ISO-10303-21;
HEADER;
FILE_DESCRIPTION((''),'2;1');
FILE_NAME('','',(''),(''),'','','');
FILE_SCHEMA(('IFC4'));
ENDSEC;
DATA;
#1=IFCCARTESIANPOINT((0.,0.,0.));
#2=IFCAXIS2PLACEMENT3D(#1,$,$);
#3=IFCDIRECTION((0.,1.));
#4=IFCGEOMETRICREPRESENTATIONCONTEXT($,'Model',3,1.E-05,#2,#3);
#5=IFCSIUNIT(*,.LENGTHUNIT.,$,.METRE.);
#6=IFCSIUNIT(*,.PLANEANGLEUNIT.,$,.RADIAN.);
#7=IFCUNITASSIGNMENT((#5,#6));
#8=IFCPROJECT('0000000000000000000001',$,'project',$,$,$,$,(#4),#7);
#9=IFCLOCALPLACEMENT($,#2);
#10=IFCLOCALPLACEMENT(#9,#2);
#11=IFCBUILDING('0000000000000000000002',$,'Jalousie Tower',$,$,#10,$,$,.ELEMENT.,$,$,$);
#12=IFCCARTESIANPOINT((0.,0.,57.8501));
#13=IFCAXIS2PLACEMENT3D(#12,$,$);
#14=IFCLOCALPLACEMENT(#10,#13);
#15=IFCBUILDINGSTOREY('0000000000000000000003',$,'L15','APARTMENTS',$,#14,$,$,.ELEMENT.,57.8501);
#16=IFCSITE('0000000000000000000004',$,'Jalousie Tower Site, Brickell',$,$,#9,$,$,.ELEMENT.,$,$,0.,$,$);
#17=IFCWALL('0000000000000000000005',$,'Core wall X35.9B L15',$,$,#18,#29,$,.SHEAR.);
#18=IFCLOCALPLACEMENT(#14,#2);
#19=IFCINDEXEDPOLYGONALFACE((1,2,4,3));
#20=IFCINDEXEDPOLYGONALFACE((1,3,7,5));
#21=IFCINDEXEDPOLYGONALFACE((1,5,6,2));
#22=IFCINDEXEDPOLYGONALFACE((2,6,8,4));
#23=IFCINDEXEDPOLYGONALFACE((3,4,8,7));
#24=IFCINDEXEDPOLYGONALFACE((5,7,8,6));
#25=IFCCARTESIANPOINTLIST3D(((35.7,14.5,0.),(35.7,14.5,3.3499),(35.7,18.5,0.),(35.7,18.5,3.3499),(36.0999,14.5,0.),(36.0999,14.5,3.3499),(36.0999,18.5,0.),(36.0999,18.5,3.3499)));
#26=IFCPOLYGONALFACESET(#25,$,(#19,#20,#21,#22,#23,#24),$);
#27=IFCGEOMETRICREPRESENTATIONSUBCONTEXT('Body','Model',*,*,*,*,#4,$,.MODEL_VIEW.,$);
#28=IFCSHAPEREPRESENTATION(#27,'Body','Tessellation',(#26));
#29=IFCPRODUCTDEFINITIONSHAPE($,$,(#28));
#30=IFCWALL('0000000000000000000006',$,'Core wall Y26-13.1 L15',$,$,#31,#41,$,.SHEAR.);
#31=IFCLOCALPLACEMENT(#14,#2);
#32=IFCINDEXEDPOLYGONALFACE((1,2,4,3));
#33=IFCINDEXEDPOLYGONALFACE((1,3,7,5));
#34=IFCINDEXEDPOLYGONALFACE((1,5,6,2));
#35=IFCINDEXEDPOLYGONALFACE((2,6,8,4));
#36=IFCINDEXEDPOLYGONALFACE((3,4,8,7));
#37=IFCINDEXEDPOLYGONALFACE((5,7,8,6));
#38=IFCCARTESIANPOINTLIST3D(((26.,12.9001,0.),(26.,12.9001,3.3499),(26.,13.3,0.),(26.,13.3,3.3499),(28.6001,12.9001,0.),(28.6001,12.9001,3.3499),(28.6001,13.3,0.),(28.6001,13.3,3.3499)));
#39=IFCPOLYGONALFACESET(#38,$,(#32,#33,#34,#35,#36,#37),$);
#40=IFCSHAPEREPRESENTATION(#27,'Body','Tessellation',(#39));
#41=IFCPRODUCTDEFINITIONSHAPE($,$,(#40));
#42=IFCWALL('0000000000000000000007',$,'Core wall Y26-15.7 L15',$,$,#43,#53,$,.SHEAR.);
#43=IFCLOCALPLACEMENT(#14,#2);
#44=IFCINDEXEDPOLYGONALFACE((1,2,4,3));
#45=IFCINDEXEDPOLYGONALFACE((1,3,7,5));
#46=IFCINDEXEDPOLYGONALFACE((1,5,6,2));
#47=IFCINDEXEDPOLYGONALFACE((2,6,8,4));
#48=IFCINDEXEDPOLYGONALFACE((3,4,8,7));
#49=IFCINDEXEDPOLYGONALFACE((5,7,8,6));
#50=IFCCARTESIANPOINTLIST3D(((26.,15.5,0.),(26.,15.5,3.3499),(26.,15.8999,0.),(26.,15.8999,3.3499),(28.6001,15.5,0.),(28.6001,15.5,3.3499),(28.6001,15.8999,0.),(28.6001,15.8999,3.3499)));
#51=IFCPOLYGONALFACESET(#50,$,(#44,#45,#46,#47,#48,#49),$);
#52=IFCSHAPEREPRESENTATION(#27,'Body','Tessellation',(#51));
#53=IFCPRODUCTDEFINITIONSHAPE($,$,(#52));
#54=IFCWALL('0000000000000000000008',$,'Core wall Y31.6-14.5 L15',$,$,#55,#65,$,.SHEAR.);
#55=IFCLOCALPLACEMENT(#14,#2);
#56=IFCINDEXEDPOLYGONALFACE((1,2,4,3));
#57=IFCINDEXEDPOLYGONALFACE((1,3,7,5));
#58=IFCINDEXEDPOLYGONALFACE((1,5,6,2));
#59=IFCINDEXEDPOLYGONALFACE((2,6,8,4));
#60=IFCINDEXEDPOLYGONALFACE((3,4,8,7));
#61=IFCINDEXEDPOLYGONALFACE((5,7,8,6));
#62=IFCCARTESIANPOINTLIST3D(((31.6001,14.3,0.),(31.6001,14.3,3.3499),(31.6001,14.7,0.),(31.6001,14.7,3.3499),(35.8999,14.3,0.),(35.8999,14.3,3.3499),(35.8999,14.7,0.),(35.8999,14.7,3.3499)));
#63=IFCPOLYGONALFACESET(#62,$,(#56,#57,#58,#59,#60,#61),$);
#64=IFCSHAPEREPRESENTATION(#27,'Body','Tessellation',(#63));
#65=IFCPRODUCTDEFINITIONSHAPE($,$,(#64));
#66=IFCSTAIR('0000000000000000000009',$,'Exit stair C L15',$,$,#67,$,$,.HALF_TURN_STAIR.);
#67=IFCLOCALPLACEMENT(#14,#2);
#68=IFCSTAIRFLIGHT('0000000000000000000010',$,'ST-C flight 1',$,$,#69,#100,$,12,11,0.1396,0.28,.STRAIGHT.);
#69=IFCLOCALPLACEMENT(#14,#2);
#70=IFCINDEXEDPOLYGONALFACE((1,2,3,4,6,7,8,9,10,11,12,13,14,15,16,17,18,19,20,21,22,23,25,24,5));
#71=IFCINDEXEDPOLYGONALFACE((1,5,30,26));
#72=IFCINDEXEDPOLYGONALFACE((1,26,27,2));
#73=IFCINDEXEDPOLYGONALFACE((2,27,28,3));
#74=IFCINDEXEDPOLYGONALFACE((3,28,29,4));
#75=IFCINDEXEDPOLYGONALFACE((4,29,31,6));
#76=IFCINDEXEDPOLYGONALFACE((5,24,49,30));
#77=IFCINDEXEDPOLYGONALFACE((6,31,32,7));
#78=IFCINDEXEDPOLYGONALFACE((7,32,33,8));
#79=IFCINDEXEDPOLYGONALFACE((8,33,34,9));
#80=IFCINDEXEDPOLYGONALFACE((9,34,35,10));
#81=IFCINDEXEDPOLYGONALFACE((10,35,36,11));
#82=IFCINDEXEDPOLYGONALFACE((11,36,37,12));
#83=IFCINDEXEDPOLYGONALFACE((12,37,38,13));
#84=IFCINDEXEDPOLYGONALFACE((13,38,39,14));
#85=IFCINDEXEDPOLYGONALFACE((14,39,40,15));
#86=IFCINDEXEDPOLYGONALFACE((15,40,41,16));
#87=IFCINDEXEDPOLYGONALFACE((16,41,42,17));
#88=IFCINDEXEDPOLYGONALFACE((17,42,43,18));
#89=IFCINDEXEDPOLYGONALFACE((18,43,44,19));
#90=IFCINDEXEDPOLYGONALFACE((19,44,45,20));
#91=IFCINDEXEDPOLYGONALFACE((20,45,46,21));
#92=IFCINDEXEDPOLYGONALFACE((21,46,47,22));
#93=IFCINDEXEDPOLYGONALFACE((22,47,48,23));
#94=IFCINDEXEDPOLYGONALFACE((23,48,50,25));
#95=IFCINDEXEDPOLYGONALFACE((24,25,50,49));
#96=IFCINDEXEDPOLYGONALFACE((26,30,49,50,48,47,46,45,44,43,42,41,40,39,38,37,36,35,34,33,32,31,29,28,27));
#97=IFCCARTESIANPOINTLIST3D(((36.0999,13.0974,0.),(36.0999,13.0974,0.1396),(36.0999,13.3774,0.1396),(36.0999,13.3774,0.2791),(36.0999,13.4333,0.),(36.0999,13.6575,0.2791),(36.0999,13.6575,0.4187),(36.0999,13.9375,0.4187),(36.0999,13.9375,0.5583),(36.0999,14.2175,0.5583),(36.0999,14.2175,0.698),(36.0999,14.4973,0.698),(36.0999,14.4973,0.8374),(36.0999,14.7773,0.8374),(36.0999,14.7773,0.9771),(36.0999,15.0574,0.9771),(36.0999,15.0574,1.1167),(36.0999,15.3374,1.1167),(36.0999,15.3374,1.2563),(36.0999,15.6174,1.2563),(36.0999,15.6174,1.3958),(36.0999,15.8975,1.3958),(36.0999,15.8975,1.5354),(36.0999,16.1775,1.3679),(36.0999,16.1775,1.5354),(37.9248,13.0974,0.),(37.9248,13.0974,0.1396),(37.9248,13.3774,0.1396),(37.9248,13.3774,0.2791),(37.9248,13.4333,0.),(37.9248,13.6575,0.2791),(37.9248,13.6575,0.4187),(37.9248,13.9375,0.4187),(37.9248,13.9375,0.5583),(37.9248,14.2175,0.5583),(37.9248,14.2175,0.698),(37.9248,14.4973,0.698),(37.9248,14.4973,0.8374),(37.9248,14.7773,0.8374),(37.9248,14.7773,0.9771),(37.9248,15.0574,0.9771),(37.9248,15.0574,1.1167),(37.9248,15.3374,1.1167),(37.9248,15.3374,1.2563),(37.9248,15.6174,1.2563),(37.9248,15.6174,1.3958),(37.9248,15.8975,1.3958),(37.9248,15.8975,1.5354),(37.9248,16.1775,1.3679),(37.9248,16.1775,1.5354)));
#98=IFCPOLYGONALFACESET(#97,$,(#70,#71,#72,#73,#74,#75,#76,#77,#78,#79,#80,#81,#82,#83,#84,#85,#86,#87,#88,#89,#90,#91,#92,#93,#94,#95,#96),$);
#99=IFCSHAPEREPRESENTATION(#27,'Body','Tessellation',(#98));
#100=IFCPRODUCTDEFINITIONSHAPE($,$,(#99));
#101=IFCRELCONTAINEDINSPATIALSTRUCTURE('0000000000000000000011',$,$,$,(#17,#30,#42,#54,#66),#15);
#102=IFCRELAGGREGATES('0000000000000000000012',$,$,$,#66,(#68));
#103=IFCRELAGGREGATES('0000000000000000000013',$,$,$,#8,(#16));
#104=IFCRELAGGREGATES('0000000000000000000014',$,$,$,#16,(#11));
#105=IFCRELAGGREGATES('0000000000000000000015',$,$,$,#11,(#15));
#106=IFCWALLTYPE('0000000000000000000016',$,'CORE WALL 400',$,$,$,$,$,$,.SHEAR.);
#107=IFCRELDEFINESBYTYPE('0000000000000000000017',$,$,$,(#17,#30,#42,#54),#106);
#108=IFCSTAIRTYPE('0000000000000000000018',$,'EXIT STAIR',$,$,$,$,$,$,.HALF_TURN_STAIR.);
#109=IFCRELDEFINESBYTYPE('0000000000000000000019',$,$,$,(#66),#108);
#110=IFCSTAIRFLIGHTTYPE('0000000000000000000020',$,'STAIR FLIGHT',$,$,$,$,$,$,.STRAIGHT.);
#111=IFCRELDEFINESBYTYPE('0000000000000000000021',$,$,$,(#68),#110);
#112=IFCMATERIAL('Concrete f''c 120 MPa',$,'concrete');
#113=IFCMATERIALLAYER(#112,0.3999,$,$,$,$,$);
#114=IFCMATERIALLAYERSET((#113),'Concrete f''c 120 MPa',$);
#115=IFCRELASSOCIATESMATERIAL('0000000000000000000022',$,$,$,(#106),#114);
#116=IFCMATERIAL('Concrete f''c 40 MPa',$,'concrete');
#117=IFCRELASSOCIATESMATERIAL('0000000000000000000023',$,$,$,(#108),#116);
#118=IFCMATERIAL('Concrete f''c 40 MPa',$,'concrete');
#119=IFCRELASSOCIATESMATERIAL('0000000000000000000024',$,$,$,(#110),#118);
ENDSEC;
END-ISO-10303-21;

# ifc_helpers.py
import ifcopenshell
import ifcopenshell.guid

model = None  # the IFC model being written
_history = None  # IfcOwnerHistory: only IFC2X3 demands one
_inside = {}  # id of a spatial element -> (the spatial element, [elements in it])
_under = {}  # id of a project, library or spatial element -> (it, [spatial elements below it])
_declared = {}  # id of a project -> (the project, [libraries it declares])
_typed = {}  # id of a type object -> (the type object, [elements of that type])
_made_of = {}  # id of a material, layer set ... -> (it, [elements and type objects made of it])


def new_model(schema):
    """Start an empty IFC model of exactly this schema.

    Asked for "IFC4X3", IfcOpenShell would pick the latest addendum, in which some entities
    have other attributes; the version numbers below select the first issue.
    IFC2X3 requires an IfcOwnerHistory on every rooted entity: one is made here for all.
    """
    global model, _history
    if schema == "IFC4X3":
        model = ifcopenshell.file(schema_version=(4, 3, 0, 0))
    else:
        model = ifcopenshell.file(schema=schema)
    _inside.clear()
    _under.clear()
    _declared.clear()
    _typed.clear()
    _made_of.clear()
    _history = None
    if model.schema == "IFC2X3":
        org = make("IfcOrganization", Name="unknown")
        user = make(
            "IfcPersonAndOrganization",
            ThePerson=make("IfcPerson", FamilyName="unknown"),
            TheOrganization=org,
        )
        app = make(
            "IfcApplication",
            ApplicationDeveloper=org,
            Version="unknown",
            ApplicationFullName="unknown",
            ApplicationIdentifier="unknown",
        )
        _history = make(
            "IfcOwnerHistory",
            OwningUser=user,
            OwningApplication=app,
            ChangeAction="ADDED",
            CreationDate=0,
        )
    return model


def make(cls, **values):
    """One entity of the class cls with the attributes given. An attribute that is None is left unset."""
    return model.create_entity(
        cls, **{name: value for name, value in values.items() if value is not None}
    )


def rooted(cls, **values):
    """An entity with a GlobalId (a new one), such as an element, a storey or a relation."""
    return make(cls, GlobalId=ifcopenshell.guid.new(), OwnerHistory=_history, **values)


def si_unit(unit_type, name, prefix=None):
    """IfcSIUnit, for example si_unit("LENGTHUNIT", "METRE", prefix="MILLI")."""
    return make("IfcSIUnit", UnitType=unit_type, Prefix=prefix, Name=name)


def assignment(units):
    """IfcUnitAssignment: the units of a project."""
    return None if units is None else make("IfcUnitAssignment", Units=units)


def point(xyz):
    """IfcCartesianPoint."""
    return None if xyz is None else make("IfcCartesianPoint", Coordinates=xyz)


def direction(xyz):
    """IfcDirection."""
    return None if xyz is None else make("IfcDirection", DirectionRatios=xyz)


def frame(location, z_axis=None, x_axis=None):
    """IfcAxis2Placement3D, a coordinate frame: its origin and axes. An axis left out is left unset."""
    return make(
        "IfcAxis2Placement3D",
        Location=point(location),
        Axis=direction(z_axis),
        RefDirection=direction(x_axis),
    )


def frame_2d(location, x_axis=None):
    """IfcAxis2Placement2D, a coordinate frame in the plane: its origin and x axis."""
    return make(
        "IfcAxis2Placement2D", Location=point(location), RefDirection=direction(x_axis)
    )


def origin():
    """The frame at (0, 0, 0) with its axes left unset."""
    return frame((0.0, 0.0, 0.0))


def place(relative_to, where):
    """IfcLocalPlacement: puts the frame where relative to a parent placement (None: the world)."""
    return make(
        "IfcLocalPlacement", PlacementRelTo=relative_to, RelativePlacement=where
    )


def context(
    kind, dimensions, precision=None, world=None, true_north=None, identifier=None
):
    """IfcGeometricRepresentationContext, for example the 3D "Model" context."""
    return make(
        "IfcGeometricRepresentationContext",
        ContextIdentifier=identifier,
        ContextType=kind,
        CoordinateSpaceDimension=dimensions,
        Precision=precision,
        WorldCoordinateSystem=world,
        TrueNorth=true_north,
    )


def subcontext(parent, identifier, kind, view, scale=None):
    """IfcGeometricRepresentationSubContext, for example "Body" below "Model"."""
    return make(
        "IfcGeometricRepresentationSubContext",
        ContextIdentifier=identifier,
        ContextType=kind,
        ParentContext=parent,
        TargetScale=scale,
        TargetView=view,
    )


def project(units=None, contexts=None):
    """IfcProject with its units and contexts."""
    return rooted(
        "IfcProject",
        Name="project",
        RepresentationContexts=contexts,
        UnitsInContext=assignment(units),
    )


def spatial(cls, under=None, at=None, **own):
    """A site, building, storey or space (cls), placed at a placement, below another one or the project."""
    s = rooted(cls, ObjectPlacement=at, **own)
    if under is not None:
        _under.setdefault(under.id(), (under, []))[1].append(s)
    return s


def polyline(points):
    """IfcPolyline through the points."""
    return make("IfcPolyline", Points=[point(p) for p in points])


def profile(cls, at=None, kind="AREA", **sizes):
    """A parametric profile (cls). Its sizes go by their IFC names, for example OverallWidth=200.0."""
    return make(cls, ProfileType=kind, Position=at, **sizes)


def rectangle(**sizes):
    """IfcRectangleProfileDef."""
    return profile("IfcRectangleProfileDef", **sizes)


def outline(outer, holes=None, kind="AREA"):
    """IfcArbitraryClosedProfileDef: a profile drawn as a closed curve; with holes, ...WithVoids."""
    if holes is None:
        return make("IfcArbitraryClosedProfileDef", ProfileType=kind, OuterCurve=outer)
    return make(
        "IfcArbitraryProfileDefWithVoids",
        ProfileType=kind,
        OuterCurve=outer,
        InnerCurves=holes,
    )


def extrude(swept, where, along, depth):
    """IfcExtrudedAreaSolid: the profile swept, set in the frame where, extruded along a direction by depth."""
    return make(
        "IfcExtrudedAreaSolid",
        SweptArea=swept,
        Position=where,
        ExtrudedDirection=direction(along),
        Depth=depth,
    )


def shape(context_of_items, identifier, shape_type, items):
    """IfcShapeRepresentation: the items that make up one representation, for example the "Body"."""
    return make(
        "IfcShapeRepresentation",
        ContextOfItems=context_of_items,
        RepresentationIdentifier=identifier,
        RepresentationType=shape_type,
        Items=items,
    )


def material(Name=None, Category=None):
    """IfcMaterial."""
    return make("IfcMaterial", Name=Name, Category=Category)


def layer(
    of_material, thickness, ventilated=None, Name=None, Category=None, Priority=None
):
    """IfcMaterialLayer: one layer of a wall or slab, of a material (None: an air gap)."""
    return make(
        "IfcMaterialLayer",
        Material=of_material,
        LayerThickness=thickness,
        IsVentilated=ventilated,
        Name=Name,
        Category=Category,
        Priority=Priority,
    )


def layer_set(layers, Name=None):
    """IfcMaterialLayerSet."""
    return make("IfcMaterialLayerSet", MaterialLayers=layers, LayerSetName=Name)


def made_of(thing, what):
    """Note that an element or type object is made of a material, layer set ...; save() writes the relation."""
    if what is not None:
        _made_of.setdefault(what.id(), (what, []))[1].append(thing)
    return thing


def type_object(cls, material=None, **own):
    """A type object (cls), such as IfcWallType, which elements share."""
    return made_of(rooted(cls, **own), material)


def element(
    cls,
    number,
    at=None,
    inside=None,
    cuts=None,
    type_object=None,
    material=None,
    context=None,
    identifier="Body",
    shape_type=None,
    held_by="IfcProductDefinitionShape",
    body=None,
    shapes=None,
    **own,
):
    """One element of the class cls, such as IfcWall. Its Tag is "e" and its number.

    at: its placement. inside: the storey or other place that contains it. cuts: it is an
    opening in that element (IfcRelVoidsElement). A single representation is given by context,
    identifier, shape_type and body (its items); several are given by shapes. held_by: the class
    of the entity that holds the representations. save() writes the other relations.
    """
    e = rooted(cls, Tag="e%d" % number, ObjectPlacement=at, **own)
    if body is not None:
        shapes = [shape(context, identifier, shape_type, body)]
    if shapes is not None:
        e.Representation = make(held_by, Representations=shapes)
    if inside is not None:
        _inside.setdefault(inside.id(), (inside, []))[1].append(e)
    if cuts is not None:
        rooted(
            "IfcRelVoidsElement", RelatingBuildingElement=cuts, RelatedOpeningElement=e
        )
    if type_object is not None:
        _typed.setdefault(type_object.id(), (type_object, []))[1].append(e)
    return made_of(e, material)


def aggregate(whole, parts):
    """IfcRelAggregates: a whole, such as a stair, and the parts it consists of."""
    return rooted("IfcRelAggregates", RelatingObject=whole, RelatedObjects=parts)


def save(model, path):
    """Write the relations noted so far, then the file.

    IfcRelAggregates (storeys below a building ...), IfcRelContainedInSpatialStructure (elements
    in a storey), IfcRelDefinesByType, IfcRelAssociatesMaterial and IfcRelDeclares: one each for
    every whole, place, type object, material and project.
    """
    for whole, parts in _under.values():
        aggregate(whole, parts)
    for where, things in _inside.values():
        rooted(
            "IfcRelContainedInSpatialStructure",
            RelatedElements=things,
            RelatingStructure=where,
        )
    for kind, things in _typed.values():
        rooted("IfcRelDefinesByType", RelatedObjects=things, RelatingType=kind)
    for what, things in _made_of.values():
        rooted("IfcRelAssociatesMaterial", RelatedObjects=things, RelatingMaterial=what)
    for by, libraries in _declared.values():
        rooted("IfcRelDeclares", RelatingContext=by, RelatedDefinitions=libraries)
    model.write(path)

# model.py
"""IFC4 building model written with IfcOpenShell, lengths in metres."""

from ifc_helpers import new_model, si_unit, direction, frame, frame_2d, origin, place, context, subcontext, project, spatial, polyline, rectangle, outline, extrude, material, layer, layer_set, type_object, element, aggregate, save


model = new_model("IFC4")

# Units and contexts
model_context = context("Model", 3, precision=1e-05, world=origin(), true_north=direction((0.0, 1.0)))
body_context = subcontext(model_context, "Body", "Model", "MODEL_VIEW")
ifc_project = project(units=[si_unit("LENGTHUNIT", "METRE"), si_unit("PLANEANGLEUNIT", "RADIAN")], contexts=[model_context])

# Site, building, storey
site_placement = place(None, origin())
site = spatial("IfcSite", under=ifc_project, at=site_placement, Name="Jalousie Tower Site, Brickell", CompositionType="ELEMENT", RefElevation=0.0)
building_placement = place(site_placement, origin())
building = spatial("IfcBuilding", under=site, at=building_placement, Name="Jalousie Tower", CompositionType="ELEMENT")
storey_placement = place(building_placement, frame((0.0, 0.0, 57.8501)))
storey = spatial("IfcBuildingStorey", under=building, at=storey_placement, Name="L15", Description="APARTMENTS", CompositionType="ELEMENT", Elevation=57.8501)

# Shared definitions
ifc_material_1 = material(Name="Concrete f'c 120 MPa", Category="concrete")
ifc_layer = layer(ifc_material_1, 0.3999)
ifc_layer_set = layer_set([ifc_layer], Name="Concrete f'c 120 MPa")
wall_type = type_object("IfcWallType", Name="CORE WALL 400", PredefinedType="SHEAR", material=ifc_layer_set)

# Walls
wall_1_placement = place(storey_placement, frame((35.8999, 14.5, 0.0), z_axis=(0.0, 0.0, 1.0), x_axis=(0.0, 1.0, 0.0)))
element("IfcWall", 1, at=wall_1_placement, inside=storey, type_object=wall_type, Name="Core wall X35.9B L15", PredefinedType="SHEAR", context=body_context, shape_type="SweptSolid", body=[
    extrude(rectangle(XDim=4.0, YDim=0.3999, at=frame_2d((2.0, 0.0))), origin(), (0.0, 0.0, 1.0), 3.3499),
])
for number, where, z_axis, x_axis, name in (
    (2, (26.0, 13.1001, 0.0), (0.0, 0.0, 1.0), (1.0, 0.0, 0.0), "Core wall Y26-13.1 L15"),
    (3, (26.0, 15.7, 0.0), (0.0, 0.0, 1.0), (1.0, 0.0, 0.0), "Core wall Y26-15.7 L15"),
):
    element("IfcWall", number, at=place(storey_placement, frame(where, z_axis=z_axis, x_axis=x_axis)), inside=storey, type_object=wall_type, Name=name, PredefinedType="SHEAR", context=body_context, shape_type="SweptSolid", body=[
        extrude(rectangle(XDim=2.6001, YDim=0.3999, at=frame_2d((1.3, 0.0))), origin(), (0.0, 0.0, 1.0), 3.3499),
    ])
wall_2_placement = place(storey_placement, frame((31.6001, 14.5, 0.0), z_axis=(0.0, 0.0, 1.0), x_axis=(1.0, 0.0, 0.0)))
element("IfcWall", 4, at=wall_2_placement, inside=storey, type_object=wall_type, Name="Core wall Y31.6-14.5 L15", PredefinedType="SHEAR", context=body_context, shape_type="SweptSolid", body=[
    extrude(rectangle(XDim=4.2998, YDim=0.3999, at=frame_2d((2.1499, 0.0))), origin(), (0.0, 0.0, 1.0), 3.3499),
])

# Stair, stair flight
ifc_material_2 = material(Name="Concrete f'c 40 MPa", Category="concrete")
stair_type = type_object("IfcStairType", Name="EXIT STAIR", PredefinedType="HALF_TURN_STAIR", material=ifc_material_2)
stair_placement = place(storey_placement, origin())
stair = element("IfcStair", 5, at=stair_placement, inside=storey, type_object=stair_type, Name="Exit stair C L15", PredefinedType="HALF_TURN_STAIR")
ifc_material_3 = material(Name="Concrete f'c 40 MPa", Category="concrete")
stair_flight_type = type_object("IfcStairFlightType", Name="STAIR FLIGHT", PredefinedType="STRAIGHT", material=ifc_material_3)
stair_flight_placement = place(storey_placement, frame((37.0125, 13.0974, 0.0), z_axis=(0.0, 0.0, 1.0), x_axis=(0.0, 1.0, 0.0)))
stair_flight = element("IfcStairFlight", 6, at=stair_flight_placement, type_object=stair_flight_type, Name="ST-C flight 1", NumberOfRisers=12, NumberOfTreads=11, PredefinedType="STRAIGHT", RiserHeight=0.1396, TreadLength=0.28, context=body_context, shape_type="SweptSolid", body=[
    extrude(outline(polyline([(0.0, 0.0), (0.0, 0.1396), (0.28, 0.1396), (0.28, 0.2791), (0.5601, 0.2791), (0.5601, 0.4187), (0.8401, 0.4187), (0.8401, 0.5583), (1.1201, 0.5583), (1.1201, 0.698), (1.3999, 0.698), (1.3999, 0.8374), (1.6799, 0.8374), (1.6799, 0.9771), (1.96, 0.9771), (1.96, 1.1167), (2.24, 1.1167), (2.24, 1.2563), (2.52, 1.2563), (2.52, 1.3958), (2.8, 1.3958), (2.8, 1.5354), (3.0801, 1.5354), (3.0801, 1.675), (3.0801, 1.3679), (0.3359, 0.0), (0.0, 0.0)])), frame((0.0, 0.9126, 0.0), z_axis=(0.0, -1.0, 0.0), x_axis=(1.0, 0.0, 0.0)), (0.0, 0.0, 1.0), 1.825),
])
aggregate(stair, [stair_flight])

save(model, "model.ifc")
